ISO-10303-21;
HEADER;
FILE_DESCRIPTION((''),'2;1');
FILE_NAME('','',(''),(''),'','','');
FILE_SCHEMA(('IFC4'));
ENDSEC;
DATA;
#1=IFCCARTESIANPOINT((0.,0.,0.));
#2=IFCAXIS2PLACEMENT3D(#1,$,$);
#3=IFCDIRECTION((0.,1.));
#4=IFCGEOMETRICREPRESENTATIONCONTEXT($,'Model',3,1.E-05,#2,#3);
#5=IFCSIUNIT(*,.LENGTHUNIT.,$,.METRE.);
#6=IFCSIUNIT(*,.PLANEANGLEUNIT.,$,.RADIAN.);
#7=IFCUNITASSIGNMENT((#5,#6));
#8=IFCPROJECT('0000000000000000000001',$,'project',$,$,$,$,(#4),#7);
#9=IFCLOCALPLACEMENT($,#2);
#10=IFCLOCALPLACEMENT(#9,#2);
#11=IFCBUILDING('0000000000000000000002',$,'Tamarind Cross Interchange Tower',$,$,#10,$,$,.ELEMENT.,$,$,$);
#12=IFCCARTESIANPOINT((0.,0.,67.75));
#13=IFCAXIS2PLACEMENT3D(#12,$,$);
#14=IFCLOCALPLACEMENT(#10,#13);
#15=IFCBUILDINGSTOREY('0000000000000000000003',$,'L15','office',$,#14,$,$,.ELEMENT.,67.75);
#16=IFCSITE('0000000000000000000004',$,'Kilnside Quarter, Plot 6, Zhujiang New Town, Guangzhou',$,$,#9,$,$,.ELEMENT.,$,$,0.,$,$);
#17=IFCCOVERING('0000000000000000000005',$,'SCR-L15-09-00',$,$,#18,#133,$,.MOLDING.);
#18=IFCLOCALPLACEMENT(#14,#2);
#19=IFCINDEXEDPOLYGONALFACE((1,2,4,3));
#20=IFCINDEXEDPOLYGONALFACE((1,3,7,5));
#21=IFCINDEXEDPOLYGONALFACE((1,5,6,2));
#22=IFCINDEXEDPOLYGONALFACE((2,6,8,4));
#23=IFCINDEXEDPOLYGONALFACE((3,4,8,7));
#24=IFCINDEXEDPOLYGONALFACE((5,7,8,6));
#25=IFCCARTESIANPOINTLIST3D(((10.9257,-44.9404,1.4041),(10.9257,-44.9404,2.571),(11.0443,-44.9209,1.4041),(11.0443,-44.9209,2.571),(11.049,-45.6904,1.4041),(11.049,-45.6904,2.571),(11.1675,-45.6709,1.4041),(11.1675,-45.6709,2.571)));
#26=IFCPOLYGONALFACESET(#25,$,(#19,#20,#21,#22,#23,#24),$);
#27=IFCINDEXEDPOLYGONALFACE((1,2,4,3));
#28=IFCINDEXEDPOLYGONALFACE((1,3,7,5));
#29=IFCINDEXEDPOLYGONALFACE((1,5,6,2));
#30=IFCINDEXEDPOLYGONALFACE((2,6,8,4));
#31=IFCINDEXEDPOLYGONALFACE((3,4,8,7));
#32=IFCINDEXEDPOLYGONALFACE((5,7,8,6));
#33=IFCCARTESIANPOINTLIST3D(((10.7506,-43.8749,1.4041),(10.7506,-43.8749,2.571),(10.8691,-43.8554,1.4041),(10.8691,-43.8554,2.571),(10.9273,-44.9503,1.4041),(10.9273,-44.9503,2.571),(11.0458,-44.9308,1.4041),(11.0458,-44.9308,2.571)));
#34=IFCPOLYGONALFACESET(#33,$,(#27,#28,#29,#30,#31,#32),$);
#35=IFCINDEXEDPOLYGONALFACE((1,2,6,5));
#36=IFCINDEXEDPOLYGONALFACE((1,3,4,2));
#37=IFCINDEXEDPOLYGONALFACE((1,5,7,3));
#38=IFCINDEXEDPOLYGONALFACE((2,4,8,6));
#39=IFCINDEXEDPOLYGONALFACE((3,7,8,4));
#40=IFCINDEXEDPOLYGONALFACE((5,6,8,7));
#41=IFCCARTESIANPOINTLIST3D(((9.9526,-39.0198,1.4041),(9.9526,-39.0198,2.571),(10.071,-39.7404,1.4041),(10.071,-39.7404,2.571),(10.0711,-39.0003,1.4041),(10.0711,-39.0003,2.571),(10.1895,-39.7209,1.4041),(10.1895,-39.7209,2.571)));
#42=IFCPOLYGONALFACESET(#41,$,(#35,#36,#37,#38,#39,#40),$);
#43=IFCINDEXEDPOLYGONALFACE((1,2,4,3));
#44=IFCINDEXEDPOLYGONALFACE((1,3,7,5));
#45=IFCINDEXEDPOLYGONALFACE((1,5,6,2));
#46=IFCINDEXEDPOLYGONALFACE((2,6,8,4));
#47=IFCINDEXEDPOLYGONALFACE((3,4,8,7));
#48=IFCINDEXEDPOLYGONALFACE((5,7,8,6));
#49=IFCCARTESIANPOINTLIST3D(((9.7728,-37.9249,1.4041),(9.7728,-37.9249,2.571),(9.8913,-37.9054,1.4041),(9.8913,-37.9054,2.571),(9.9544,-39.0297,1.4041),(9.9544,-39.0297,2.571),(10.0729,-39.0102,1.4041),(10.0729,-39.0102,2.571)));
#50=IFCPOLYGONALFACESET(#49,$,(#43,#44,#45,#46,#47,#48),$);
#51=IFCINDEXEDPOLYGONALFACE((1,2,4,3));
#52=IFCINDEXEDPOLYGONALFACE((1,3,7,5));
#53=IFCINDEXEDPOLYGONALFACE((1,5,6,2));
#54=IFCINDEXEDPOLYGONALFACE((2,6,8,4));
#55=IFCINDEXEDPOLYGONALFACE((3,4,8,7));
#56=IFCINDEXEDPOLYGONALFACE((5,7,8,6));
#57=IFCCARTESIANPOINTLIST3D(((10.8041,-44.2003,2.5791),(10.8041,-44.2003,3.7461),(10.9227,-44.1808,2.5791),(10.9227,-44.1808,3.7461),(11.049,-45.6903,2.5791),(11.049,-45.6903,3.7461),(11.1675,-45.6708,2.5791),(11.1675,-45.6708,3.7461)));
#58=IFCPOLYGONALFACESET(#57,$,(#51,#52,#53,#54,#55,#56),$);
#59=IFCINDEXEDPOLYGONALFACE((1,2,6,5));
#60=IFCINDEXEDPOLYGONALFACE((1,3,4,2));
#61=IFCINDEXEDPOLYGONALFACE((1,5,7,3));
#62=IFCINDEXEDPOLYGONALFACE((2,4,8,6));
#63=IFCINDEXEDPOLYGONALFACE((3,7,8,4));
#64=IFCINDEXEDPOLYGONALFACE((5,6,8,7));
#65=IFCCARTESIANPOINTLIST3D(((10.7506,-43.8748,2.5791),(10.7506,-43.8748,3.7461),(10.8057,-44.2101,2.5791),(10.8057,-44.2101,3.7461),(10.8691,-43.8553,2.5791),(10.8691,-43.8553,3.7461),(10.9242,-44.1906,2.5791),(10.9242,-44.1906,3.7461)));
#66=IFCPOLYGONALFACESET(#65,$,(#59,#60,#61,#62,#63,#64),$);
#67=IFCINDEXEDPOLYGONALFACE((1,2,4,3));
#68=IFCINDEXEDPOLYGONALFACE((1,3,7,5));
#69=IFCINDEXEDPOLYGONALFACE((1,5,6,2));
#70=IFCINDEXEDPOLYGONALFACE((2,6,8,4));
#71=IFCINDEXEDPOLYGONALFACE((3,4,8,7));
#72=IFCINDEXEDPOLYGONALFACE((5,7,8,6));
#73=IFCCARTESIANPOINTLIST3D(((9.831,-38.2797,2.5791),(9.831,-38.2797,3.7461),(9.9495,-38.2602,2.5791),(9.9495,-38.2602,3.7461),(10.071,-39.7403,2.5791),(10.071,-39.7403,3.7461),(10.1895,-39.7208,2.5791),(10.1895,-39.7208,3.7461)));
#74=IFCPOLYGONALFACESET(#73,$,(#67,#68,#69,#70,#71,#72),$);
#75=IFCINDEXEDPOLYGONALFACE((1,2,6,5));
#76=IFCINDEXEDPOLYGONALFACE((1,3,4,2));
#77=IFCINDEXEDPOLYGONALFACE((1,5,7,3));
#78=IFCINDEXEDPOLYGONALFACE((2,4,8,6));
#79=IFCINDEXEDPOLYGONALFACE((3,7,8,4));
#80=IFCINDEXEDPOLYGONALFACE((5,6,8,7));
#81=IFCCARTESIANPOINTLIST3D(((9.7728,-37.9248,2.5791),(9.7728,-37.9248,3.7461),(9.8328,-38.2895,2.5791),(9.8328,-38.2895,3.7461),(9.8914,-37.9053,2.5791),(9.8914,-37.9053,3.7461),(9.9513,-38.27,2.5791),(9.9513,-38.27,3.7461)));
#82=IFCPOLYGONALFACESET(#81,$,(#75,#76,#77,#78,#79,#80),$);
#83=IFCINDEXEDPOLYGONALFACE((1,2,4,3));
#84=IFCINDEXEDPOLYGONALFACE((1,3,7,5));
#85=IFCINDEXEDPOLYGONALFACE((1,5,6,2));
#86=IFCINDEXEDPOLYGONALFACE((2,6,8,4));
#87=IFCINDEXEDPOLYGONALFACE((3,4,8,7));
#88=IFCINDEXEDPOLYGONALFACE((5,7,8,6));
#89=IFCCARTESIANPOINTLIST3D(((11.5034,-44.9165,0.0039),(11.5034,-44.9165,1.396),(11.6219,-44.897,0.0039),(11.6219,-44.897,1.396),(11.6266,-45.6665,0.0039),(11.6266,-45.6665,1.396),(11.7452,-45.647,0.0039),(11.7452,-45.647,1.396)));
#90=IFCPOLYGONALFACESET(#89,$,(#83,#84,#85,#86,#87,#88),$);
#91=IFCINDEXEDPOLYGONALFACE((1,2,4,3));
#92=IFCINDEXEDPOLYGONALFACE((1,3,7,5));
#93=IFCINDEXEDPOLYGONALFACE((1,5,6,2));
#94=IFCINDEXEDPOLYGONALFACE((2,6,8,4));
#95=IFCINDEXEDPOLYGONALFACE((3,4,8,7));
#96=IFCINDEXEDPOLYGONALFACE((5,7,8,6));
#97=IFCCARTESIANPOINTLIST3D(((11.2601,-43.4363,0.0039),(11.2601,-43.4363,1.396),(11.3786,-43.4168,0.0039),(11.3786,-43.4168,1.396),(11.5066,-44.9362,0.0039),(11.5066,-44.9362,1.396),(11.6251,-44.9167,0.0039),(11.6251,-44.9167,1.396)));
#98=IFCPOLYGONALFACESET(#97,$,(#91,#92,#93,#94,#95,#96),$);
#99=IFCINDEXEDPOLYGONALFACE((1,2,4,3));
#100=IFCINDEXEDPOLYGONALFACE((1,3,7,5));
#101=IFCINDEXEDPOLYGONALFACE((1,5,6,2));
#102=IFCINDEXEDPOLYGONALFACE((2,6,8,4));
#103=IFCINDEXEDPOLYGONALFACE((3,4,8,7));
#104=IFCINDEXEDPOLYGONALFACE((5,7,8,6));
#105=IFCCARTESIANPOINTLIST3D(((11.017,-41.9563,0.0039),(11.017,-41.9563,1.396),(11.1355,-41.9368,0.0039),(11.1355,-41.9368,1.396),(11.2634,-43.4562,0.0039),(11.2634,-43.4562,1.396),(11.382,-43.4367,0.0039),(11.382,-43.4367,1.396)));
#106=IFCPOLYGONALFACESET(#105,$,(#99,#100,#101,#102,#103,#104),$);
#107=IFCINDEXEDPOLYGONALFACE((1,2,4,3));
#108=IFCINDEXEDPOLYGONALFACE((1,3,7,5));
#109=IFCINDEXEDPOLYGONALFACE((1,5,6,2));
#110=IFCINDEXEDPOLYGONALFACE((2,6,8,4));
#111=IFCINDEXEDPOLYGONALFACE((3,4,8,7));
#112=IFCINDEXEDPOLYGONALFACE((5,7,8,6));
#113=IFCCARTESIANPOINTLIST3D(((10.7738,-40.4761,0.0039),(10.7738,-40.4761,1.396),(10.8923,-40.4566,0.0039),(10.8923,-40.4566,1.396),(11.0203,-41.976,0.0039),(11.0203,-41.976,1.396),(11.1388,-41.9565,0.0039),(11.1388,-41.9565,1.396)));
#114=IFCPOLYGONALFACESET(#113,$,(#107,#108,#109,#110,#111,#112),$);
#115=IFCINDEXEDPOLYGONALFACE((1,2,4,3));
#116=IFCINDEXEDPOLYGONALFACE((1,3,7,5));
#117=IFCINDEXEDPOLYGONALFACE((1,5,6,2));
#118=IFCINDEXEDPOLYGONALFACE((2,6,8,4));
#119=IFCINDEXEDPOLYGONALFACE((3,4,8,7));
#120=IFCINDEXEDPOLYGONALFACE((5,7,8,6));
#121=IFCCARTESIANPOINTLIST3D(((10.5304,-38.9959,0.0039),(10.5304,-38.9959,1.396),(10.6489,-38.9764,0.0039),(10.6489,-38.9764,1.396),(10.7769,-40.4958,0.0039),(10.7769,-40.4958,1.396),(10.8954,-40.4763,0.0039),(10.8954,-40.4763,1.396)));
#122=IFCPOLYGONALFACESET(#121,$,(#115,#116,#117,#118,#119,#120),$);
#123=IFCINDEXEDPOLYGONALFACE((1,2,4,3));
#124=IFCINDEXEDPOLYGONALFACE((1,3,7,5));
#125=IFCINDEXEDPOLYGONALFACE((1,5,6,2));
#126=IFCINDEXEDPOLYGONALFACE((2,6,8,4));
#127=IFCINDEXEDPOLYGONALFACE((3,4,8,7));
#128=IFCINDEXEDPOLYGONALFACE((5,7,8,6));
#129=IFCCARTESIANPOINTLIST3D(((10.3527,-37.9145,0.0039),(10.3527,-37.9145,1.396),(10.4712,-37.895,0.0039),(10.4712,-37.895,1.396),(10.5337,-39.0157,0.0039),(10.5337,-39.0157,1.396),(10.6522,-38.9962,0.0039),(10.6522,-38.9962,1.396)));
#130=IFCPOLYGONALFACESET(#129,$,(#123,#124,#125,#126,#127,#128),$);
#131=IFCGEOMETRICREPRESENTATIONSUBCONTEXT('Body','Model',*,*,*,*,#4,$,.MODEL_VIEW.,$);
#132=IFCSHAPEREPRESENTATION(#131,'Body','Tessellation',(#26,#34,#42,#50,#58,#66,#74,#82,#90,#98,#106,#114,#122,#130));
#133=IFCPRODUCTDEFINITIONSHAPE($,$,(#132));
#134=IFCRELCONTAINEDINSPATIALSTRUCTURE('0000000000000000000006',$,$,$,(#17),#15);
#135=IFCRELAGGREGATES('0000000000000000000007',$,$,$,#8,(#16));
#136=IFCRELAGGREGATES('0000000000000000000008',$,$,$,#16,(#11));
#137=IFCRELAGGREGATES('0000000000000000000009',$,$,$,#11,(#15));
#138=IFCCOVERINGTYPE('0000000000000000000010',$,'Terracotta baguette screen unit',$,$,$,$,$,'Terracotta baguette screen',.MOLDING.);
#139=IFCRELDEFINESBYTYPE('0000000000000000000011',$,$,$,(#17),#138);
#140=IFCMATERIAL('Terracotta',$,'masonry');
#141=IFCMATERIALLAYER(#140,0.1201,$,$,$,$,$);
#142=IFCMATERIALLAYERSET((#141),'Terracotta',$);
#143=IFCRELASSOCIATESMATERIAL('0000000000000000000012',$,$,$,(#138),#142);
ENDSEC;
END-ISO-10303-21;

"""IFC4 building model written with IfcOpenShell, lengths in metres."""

from ifc_helpers import new_model, si_unit, direction, frame, origin, origin_2d, place, context, subcontext, project, spatial, rectangle, extrude, material, layer, layer_set, type_object, element, save


model = new_model("IFC4")

# Units and contexts
model_context = context("Model", 3, precision=1e-05, world=origin(), true_north=direction((0.0, 1.0)))
body_context = subcontext(model_context, "Body", "Model", "MODEL_VIEW")
ifc_project = project(units=[si_unit("LENGTHUNIT", "METRE"), si_unit("PLANEANGLEUNIT", "RADIAN")], contexts=[model_context])

# Site, building, storey
site_placement = place(None, origin())
site = spatial("IfcSite", under=ifc_project, at=site_placement, Name="Kilnside Quarter, Plot 6, Zhujiang New Town, Guangzhou", CompositionType="ELEMENT", RefElevation=0.0)
building_placement = place(site_placement, origin())
building = spatial("IfcBuilding", under=site, at=building_placement, Name="Tamarind Cross Interchange Tower", CompositionType="ELEMENT")
storey_placement = place(building_placement, frame((0.0, 0.0, 67.75)))
storey = spatial("IfcBuildingStorey", under=building, at=storey_placement, Name="L15", Description="office", CompositionType="ELEMENT", Elevation=67.75)

# Covering
ifc_material_1 = material(Name="Terracotta", Category="masonry")
ifc_layer_1 = layer(ifc_material_1, 0.1201)
ifc_layer_set_1 = layer_set([ifc_layer_1], Name="Terracotta")
covering_type = type_object("IfcCoveringType", Name="Terracotta baguette screen unit", ElementType="Terracotta baguette screen", PredefinedType="MOLDING", material=ifc_layer_set_1)
covering_1_placement = place(storey_placement, origin())
element("IfcCovering", 1, at=covering_1_placement, inside=storey, type_object=covering_type, Name="SCR-L15-09-00", PredefinedType="MOLDING", context=body_context, shape_type="SweptSolid", body=[
    extrude(rectangle(XDim=0.76, YDim=0.1201, at=origin_2d()), frame((11.0466, -45.3057, 1.4041), z_axis=(0.0, 0.0, 1.0), x_axis=(-0.162164, 0.986764, 0.0)), (0.0, 0.0, 1.0), 1.167),
    extrude(rectangle(XDim=1.0898, YDim=0.1201, at=origin_2d()), frame((10.8982, -44.4028, 1.4041), z_axis=(0.0, 0.0, 1.0), x_axis=(-0.162164, 0.986764, 0.0)), (0.0, 0.0, 1.0), 1.167),
    extrude(rectangle(XDim=0.7302, YDim=0.1201, at=origin_2d()), frame((10.071, -39.3704, 1.4041), z_axis=(0.0, 0.0, 1.0), x_axis=(-0.162164, 0.986764, 0.0)), (0.0, 0.0, 1.0), 1.167),
    extrude(rectangle(XDim=1.1196, YDim=0.1201, at=origin_2d()), frame((9.9229, -38.4675, 1.4041), z_axis=(0.0, 0.0, 1.0), x_axis=(-0.162164, 0.986764, 0.0)), (0.0, 0.0, 1.0), 1.167),
    extrude(rectangle(XDim=1.51, YDim=0.1201, at=origin_2d()), frame((10.9858, -44.9355, 2.5791), z_axis=(0.0, 0.0, 1.0), x_axis=(-0.162164, 0.986764, 0.0)), (0.0, 0.0, 1.0), 1.167),
    extrude(rectangle(XDim=0.3398, YDim=0.1201, at=origin_2d()), frame((10.8374, -44.0327, 2.5791), z_axis=(0.0, 0.0, 1.0), x_axis=(-0.162164, 0.986764, 0.0)), (0.0, 0.0, 1.0), 1.167),
    extrude(rectangle(XDim=1.4802, YDim=0.1201, at=origin_2d()), frame((10.0103, -39.0002, 2.5791), z_axis=(0.0, 0.0, 1.0), x_axis=(-0.162164, 0.986764, 0.0)), (0.0, 0.0, 1.0), 1.167),
    extrude(rectangle(XDim=0.3696, YDim=0.1201, at=origin_2d()), frame((9.8621, -38.0974, 2.5791), z_axis=(0.0, 0.0, 1.0), x_axis=(-0.162164, 0.986764, 0.0)), (0.0, 0.0, 1.0), 1.167),
    extrude(rectangle(XDim=0.76, YDim=0.1201, at=origin_2d()), frame((11.6243, -45.2817, 0.0039), z_axis=(0.0, 0.0, 1.0), x_axis=(-0.162164, 0.986764, 0.0)), (0.0, 0.0, 1.0), 1.3921),
    extrude(rectangle(XDim=1.52, YDim=0.1201, at=origin_2d()), frame((11.4426, -44.1765, 0.0039), z_axis=(0.0, 0.0, 1.0), x_axis=(-0.162164, 0.986764, 0.0)), (0.0, 0.0, 1.0), 1.3921),
    extrude(rectangle(XDim=1.52, YDim=0.1201, at=origin_2d()), frame((11.1995, -42.6965, 0.0039), z_axis=(0.0, 0.0, 1.0), x_axis=(-0.162164, 0.986764, 0.0)), (0.0, 0.0, 1.0), 1.3921),
    extrude(rectangle(XDim=1.52, YDim=0.1201, at=origin_2d()), frame((10.9563, -41.2163, 0.0039), z_axis=(0.0, 0.0, 1.0), x_axis=(-0.162164, 0.986764, 0.0)), (0.0, 0.0, 1.0), 1.3921),
    extrude(rectangle(XDim=1.52, YDim=0.1201, at=origin_2d()), frame((10.7129, -39.7361, 0.0039), z_axis=(0.0, 0.0, 1.0), x_axis=(-0.162164, 0.986764, 0.0)), (0.0, 0.0, 1.0), 1.3921),
    extrude(rectangle(XDim=1.116, YDim=0.1201, at=origin_2d()), frame((10.5024, -38.4553, 0.0039), z_axis=(0.0, 0.0, 1.0), x_axis=(-0.162164, 0.986764, 0.0)), (0.0, 0.0, 1.0), 1.3921),
])

save(model, "model.ifc")
